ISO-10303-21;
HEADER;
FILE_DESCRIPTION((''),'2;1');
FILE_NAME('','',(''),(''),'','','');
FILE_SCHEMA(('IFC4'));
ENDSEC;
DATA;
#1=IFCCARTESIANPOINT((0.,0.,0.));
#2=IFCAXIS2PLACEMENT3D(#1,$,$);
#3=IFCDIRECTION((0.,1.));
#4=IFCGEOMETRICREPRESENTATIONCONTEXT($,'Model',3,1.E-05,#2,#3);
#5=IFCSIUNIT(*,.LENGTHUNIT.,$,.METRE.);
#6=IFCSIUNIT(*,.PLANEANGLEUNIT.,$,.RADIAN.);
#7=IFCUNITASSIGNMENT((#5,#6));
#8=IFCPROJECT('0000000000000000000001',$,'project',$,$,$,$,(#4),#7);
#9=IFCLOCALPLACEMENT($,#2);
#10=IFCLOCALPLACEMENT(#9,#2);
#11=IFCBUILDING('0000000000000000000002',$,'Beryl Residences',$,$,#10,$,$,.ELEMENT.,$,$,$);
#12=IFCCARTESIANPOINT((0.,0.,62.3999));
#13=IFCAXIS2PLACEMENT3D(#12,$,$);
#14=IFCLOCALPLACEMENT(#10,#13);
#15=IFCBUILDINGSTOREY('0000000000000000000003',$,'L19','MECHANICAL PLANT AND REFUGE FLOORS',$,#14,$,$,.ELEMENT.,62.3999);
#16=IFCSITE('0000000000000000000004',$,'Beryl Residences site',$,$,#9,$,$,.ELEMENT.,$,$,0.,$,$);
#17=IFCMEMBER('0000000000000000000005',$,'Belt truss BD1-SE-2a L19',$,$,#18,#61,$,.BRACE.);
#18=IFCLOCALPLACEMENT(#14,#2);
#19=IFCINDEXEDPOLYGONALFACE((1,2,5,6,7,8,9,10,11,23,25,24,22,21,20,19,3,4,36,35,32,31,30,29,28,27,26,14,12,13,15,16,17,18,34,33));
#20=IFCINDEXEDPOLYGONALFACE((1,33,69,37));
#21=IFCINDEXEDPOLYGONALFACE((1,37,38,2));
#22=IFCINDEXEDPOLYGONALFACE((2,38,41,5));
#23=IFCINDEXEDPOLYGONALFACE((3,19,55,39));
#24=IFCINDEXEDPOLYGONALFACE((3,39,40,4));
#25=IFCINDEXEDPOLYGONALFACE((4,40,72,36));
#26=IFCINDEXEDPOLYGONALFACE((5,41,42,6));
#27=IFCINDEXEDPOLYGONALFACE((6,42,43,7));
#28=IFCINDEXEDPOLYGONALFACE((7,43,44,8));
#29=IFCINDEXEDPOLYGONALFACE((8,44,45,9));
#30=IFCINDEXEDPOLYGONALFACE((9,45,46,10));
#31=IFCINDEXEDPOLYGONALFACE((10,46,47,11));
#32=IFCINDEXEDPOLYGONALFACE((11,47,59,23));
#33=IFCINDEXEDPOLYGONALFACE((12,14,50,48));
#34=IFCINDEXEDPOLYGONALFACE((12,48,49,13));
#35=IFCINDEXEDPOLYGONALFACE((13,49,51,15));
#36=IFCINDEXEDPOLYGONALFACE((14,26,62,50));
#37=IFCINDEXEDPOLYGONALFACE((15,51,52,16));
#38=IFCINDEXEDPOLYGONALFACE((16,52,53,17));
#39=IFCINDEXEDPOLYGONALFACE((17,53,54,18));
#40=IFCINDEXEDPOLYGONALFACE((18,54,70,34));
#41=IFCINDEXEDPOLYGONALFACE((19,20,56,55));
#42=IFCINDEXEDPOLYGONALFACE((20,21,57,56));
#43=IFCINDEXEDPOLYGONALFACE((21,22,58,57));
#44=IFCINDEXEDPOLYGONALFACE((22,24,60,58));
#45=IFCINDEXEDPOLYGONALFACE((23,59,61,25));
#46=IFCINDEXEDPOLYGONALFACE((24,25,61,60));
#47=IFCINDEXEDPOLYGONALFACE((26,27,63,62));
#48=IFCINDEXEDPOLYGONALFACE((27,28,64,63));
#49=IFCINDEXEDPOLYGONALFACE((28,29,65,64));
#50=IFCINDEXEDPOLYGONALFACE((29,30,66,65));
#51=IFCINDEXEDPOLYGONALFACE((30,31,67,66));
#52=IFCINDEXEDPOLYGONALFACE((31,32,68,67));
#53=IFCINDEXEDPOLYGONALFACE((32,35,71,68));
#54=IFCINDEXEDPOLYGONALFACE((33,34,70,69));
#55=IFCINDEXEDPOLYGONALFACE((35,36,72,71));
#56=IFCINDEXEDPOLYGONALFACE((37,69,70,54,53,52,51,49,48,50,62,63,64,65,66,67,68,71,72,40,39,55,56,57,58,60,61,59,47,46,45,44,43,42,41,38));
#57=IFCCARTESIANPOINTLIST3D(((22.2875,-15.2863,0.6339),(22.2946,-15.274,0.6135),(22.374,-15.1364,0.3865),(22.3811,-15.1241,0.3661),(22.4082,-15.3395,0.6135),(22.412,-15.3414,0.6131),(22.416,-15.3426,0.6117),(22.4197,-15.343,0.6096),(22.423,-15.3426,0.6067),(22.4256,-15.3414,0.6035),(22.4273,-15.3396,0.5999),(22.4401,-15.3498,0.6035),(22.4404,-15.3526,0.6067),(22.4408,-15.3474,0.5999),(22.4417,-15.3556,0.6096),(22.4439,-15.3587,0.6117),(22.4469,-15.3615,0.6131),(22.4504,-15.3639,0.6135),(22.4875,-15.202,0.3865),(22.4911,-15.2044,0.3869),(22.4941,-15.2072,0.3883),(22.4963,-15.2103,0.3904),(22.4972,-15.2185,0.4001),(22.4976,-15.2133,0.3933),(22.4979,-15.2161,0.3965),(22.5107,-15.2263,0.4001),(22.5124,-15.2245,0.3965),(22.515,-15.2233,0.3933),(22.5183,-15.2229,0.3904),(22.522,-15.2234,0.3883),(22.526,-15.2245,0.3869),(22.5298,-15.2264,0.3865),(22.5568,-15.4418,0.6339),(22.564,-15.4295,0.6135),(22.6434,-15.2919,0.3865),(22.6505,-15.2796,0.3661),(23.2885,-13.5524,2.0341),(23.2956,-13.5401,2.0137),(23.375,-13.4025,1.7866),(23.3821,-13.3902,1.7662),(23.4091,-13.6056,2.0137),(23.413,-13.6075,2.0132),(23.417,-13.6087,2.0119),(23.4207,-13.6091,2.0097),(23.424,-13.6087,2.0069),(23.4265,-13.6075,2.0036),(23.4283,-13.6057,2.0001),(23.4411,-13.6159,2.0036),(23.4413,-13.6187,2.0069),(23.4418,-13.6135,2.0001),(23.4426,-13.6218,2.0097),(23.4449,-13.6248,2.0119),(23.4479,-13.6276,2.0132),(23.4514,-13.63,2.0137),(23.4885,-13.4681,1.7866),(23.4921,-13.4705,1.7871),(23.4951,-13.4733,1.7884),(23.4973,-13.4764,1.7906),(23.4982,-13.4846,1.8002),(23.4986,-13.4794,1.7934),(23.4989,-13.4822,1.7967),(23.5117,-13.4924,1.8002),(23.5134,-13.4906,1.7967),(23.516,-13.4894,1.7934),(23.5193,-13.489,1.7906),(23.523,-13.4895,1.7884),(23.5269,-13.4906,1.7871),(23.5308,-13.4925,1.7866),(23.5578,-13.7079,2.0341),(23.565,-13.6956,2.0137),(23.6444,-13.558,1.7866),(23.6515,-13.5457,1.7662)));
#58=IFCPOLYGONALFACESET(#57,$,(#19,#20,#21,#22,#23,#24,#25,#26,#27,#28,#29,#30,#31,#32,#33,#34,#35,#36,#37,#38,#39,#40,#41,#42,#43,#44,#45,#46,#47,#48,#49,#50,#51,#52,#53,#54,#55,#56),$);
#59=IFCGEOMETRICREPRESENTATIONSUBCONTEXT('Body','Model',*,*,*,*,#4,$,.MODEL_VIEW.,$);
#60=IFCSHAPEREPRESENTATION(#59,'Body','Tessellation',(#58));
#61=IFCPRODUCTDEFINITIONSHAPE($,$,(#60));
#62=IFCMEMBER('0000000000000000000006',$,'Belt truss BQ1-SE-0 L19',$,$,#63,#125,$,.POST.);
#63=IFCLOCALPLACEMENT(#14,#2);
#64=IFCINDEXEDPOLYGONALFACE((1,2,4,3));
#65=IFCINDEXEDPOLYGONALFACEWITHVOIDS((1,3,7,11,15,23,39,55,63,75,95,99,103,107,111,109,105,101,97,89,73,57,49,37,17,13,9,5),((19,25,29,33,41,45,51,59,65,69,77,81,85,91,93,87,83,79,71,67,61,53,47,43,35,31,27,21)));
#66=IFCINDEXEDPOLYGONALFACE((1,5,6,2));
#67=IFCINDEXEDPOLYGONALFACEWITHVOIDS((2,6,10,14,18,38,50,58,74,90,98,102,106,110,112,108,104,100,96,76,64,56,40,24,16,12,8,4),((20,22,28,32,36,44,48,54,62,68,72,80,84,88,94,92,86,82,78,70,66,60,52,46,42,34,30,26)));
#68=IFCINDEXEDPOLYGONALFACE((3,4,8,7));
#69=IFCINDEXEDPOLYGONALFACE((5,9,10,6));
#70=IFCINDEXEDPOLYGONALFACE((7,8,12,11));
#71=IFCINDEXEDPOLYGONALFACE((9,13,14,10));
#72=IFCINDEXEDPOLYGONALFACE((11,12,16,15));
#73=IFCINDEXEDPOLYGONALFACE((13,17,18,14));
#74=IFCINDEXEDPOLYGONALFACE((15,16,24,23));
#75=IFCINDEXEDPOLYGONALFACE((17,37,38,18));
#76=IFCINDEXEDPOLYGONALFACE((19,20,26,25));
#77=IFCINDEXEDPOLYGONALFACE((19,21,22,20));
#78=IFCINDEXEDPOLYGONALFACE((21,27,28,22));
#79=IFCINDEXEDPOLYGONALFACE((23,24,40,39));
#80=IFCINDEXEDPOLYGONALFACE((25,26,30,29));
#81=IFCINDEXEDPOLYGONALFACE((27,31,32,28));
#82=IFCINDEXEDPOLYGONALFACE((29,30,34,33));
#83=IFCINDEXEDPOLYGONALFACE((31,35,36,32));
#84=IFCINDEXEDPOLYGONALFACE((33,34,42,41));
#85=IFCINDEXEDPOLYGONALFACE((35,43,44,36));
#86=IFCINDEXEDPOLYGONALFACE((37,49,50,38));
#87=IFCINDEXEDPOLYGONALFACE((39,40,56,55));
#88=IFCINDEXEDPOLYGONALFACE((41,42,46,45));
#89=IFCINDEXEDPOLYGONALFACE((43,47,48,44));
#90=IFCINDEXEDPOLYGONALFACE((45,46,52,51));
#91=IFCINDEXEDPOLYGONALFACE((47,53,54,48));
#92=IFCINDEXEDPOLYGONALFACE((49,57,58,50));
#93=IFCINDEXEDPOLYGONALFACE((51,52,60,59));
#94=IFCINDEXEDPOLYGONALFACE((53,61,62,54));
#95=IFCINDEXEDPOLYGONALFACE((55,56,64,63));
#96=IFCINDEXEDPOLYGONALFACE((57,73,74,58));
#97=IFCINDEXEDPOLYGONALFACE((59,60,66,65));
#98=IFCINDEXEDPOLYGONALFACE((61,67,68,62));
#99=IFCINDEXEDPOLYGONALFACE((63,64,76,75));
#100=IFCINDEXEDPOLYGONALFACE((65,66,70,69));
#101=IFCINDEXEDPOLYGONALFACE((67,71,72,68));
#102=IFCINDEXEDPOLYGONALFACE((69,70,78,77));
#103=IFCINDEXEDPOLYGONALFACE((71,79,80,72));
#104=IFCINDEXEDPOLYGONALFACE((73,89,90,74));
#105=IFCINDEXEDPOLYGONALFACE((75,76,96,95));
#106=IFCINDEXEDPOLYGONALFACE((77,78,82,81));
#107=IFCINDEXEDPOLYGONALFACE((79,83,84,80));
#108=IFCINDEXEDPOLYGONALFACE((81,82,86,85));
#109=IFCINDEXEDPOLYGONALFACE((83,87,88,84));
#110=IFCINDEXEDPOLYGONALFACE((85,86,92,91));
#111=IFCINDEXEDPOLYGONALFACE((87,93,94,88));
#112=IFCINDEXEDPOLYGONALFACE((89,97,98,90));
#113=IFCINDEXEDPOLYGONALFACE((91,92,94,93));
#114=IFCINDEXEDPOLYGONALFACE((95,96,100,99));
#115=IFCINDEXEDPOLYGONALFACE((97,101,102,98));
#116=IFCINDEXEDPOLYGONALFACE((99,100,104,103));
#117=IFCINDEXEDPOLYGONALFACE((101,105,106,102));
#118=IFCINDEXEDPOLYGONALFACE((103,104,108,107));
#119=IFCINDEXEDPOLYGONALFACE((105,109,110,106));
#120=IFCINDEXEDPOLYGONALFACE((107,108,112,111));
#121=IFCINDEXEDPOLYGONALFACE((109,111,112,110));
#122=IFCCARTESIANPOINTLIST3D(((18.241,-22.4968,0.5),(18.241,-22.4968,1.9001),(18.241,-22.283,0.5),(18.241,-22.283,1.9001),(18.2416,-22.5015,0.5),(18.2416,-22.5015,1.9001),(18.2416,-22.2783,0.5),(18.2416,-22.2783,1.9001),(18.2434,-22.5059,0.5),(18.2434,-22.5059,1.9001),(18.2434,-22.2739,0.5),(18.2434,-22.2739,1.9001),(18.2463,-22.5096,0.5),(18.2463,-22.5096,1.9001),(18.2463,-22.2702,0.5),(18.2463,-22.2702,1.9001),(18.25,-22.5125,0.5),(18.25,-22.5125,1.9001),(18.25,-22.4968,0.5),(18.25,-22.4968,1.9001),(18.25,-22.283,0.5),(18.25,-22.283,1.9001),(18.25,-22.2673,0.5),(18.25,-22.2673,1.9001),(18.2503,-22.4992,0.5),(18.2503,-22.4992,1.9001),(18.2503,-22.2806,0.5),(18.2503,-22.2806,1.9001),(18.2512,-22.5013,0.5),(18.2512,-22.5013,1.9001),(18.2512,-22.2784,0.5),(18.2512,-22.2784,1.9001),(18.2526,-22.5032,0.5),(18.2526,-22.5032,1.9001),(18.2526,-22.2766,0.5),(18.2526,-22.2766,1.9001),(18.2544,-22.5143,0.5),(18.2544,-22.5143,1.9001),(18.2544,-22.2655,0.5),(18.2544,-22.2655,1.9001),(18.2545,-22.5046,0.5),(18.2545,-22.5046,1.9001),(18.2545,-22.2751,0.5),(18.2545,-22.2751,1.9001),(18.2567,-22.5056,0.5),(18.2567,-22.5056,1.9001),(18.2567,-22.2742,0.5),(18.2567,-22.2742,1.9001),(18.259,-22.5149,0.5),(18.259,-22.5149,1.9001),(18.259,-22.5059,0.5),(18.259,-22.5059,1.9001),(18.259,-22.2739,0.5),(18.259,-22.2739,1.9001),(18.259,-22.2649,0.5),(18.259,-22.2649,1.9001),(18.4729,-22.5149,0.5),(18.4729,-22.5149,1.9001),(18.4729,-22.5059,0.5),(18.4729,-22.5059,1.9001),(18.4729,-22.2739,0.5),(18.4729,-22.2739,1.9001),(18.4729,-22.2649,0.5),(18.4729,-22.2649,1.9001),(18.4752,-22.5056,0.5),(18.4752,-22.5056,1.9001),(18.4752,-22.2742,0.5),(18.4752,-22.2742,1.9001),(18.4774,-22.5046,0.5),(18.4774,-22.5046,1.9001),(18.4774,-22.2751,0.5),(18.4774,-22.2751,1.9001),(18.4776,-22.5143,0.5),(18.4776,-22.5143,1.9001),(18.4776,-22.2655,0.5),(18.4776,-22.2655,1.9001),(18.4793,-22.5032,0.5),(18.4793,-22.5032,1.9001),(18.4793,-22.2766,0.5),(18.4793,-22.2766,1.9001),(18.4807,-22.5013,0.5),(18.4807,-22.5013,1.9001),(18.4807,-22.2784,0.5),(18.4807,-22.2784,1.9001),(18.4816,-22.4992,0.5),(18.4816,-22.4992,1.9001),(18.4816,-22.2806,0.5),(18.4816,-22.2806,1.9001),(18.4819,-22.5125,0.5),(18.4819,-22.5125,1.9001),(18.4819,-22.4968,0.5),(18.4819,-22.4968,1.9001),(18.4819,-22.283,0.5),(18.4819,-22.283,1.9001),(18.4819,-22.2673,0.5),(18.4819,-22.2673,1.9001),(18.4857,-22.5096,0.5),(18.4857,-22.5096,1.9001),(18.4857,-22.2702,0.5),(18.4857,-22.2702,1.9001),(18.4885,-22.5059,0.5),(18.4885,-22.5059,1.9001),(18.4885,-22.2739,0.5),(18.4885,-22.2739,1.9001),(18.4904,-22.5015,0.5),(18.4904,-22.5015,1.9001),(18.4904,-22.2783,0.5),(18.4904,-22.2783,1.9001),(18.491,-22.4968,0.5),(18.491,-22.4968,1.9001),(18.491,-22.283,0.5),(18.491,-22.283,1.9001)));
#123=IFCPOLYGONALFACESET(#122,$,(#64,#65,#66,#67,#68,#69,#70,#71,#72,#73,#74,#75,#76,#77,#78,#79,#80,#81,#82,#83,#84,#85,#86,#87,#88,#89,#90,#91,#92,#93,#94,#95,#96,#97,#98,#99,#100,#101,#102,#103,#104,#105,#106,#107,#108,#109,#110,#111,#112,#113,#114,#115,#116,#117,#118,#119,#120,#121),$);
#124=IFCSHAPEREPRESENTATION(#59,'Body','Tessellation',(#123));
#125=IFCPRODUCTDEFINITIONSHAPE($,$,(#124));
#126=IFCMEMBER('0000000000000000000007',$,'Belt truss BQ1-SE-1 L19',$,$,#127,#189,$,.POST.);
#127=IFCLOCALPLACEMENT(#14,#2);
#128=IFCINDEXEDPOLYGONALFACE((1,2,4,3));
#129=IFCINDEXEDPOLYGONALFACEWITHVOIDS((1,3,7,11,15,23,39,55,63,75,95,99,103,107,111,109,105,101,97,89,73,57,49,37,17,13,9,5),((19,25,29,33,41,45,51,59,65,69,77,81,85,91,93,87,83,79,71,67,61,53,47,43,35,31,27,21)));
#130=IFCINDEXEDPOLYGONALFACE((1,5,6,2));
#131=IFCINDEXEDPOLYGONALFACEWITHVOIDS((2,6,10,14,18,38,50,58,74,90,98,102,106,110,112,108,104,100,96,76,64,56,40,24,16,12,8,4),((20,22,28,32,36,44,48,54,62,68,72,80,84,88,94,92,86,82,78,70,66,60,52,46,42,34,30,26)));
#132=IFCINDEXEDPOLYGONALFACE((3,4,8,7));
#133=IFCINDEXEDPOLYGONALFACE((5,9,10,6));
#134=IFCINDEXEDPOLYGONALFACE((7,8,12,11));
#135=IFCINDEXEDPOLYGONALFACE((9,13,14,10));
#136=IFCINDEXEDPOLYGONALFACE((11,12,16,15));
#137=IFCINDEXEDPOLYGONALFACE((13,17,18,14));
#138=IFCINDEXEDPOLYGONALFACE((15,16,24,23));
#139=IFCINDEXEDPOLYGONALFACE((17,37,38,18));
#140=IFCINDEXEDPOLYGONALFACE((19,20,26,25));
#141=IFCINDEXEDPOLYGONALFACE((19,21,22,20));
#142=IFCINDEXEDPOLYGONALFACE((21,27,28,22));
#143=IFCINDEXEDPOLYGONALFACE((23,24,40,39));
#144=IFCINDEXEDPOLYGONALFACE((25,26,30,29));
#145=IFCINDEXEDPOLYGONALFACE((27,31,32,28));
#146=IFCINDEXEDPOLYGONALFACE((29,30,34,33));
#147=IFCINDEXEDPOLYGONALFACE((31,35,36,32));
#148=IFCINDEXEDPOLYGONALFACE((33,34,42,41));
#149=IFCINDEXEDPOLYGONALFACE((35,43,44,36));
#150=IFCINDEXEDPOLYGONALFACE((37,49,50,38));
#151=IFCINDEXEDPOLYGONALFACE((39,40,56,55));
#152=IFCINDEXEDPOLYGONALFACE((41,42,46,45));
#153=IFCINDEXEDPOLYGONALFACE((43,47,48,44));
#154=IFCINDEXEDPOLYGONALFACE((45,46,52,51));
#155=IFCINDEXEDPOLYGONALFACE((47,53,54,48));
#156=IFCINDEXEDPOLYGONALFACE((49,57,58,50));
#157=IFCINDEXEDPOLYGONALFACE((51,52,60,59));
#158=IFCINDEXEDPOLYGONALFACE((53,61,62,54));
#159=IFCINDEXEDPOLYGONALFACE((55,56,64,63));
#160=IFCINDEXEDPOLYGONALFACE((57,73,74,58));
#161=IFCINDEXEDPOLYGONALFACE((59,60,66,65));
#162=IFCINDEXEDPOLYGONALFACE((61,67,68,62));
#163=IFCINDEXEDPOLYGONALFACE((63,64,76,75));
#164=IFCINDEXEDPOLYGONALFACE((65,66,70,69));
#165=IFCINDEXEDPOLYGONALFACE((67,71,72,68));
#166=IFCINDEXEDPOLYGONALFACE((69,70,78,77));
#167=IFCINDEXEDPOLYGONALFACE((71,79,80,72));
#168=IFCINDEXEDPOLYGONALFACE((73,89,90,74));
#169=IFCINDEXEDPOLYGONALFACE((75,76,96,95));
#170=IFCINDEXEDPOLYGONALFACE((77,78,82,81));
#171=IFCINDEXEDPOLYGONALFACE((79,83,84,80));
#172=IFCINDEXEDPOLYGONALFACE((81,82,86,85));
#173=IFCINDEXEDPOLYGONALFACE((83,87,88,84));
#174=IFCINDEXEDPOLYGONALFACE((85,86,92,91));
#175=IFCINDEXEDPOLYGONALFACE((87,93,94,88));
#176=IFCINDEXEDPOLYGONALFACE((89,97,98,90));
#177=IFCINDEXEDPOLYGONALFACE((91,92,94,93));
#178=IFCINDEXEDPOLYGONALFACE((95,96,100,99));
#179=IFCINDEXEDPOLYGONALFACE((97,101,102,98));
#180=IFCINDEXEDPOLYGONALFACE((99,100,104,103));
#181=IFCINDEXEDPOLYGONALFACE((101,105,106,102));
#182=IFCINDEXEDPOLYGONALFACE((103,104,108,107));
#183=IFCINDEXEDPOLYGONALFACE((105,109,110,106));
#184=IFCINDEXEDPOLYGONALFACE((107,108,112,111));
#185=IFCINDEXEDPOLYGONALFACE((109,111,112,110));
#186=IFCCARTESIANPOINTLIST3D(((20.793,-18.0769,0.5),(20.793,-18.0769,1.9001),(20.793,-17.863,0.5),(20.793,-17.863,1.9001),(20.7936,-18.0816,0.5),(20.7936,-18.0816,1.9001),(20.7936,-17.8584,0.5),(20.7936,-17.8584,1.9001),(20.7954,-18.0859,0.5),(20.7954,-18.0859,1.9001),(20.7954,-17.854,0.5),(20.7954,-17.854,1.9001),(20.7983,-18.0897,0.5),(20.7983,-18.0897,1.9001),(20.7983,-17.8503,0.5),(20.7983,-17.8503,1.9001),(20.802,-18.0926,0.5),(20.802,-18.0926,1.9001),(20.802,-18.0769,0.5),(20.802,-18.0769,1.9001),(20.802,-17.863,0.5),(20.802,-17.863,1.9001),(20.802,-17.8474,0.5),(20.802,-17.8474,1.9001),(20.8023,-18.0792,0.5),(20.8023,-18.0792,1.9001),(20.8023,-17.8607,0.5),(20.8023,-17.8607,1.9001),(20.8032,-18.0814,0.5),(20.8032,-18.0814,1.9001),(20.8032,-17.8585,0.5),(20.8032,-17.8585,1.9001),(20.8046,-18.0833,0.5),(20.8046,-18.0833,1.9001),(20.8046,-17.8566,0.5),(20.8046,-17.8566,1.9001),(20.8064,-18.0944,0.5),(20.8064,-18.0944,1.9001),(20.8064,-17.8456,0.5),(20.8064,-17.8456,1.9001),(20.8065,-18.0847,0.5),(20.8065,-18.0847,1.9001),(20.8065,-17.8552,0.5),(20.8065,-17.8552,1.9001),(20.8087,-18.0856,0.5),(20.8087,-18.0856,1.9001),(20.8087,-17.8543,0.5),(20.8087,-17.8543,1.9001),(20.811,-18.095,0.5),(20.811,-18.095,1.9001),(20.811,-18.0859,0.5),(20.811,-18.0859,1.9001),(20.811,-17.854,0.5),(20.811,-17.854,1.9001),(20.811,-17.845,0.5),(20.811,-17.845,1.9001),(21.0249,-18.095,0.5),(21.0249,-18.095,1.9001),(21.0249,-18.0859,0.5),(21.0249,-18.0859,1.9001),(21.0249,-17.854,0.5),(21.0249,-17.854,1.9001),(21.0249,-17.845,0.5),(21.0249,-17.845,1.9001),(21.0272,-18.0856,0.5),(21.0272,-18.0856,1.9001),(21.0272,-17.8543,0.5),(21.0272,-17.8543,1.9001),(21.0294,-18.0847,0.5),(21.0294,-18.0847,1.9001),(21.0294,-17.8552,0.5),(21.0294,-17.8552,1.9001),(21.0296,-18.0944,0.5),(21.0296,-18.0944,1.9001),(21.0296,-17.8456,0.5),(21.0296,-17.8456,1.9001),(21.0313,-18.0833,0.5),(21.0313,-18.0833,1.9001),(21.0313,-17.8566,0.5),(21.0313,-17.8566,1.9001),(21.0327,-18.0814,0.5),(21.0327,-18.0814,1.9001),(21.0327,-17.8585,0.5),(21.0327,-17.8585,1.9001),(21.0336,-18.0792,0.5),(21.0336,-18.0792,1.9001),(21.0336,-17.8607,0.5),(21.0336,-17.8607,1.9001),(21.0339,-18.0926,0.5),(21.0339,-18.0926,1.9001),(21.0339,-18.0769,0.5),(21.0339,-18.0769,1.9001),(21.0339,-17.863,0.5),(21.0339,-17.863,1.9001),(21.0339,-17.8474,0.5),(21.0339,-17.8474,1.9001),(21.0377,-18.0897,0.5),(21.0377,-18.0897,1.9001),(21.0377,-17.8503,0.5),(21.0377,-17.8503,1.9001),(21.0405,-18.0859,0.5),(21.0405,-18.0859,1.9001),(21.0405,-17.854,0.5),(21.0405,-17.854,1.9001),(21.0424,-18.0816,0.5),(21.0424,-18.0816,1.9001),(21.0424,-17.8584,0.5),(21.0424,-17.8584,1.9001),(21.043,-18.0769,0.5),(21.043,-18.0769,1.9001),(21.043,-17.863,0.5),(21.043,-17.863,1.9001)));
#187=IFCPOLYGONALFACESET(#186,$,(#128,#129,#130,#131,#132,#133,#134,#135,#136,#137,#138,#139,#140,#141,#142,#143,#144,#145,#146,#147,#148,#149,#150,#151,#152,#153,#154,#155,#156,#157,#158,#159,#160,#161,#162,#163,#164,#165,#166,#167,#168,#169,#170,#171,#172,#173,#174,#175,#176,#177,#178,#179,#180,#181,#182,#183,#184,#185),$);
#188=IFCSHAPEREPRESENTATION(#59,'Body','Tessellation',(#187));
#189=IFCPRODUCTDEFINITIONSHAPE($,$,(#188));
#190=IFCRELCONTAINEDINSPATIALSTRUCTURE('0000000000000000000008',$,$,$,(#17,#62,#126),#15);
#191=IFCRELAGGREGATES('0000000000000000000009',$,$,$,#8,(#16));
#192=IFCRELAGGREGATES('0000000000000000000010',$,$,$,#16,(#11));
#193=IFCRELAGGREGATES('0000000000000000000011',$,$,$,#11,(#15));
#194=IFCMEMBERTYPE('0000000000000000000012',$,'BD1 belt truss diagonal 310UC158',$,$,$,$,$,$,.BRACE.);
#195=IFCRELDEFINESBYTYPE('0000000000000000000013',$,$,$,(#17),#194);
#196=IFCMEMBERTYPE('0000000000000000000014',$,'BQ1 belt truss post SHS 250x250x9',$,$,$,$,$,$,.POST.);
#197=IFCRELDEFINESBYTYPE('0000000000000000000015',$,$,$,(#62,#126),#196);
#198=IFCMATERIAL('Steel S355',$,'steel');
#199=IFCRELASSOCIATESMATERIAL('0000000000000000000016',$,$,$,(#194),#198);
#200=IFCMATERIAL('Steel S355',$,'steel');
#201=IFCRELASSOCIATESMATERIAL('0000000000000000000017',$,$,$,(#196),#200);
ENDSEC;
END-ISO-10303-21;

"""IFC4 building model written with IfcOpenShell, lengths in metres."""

from ifc_helpers import new_model, si_unit, direction, frame, origin, origin_2d, place, context, subcontext, project, spatial, hollow_rectangle, i_section, extrude, material, material_profile, profile_set, type_object, element, save


model = new_model("IFC4")

# Units and contexts
model_context = context("Model", 3, precision=1e-05, world=origin(), true_north=direction((0.0, 1.0)))
body_context = subcontext(model_context, "Body", "Model", "MODEL_VIEW")
ifc_project = project(units=[si_unit("LENGTHUNIT", "METRE"), si_unit("PLANEANGLEUNIT", "RADIAN")], contexts=[model_context])

# Site, building, storey
site_placement = place(None, origin())
site = spatial("IfcSite", under=ifc_project, at=site_placement, Name="Beryl Residences site", CompositionType="ELEMENT", RefElevation=0.0)
building_placement = place(site_placement, origin())
building = spatial("IfcBuilding", under=site, at=building_placement, Name="Beryl Residences", CompositionType="ELEMENT")
storey_placement = place(building_placement, frame((0.0, 0.0, 62.3999)))
storey = spatial("IfcBuildingStorey", under=building, at=storey_placement, Name="L19", Description="MECHANICAL PLANT AND REFUGE FLOORS", CompositionType="ELEMENT", Elevation=62.3999)

# Members
ifc_material_1 = material(Name="Steel S355", Category="steel")
ifc_material_profile_1 = material_profile(ifc_material_1, i_section(OverallWidth=0.311, OverallDepth=0.3269, WebThickness=0.0156, FlangeThickness=0.0249, FilletRadius=0.0166, at=origin_2d()))
ifc_profile_set_1 = profile_set([ifc_material_profile_1], Name="Steel S355")
member_type_1 = type_object("IfcMemberType", Name="BD1 belt truss diagonal 310UC158", PredefinedType="BRACE", material=ifc_profile_set_1)
member_1_placement = place(storey_placement, frame((22.469, -15.283, 0.5), z_axis=(0.409716, 0.709708, 0.573103), x_axis=(-0.866043, 0.499969, 0.0)))
element("IfcMember", 1, at=member_1_placement, inside=storey, type_object=member_type_1, Name="Belt truss BD1-SE-2a L19", PredefinedType="BRACE", context=body_context, shape_type="SweptSolid", body=[
    extrude(i_section(OverallWidth=0.311, OverallDepth=0.3269, WebThickness=0.0156, FlangeThickness=0.0249, FilletRadius=0.0166, at=origin_2d()), origin(), (0.0, 0.0, 1.0), 2.4431),
])
ifc_material_2 = material(Name="Steel S355", Category="steel")
ifc_material_profile_2 = material_profile(ifc_material_2, hollow_rectangle(XDim=0.25, YDim=0.25, WallThickness=0.009, InnerFilletRadius=0.009, OuterFilletRadius=0.0181, at=origin_2d()))
ifc_profile_set_2 = profile_set([ifc_material_profile_2], Name="Steel S355")
member_type_2 = type_object("IfcMemberType", Name="BQ1 belt truss post SHS 250x250x9", PredefinedType="POST", material=ifc_profile_set_2)
for number, where, z_axis, x_axis, name in (
    (2, (18.366, -22.3899, 0.5), (0.0, 0.0, 1.0), (1.0, 0.0, 0.0), "Belt truss BQ1-SE-0 L19"),
    (3, (20.918, -17.97, 0.5), (0.0, 0.0, 1.0), (1.0, 0.0, 0.0), "Belt truss BQ1-SE-1 L19"),
):
    element("IfcMember", number, at=place(storey_placement, frame(where, z_axis=z_axis, x_axis=x_axis)), inside=storey, type_object=member_type_2, Name=name, PredefinedType="POST", context=body_context, shape_type="SweptSolid", body=[
        extrude(hollow_rectangle(XDim=0.25, YDim=0.25, WallThickness=0.009, InnerFilletRadius=0.009, OuterFilletRadius=0.0181, at=origin_2d()), origin(), (0.0, 0.0, 1.0), 1.4001),
    ])

save(model, "model.ifc")
